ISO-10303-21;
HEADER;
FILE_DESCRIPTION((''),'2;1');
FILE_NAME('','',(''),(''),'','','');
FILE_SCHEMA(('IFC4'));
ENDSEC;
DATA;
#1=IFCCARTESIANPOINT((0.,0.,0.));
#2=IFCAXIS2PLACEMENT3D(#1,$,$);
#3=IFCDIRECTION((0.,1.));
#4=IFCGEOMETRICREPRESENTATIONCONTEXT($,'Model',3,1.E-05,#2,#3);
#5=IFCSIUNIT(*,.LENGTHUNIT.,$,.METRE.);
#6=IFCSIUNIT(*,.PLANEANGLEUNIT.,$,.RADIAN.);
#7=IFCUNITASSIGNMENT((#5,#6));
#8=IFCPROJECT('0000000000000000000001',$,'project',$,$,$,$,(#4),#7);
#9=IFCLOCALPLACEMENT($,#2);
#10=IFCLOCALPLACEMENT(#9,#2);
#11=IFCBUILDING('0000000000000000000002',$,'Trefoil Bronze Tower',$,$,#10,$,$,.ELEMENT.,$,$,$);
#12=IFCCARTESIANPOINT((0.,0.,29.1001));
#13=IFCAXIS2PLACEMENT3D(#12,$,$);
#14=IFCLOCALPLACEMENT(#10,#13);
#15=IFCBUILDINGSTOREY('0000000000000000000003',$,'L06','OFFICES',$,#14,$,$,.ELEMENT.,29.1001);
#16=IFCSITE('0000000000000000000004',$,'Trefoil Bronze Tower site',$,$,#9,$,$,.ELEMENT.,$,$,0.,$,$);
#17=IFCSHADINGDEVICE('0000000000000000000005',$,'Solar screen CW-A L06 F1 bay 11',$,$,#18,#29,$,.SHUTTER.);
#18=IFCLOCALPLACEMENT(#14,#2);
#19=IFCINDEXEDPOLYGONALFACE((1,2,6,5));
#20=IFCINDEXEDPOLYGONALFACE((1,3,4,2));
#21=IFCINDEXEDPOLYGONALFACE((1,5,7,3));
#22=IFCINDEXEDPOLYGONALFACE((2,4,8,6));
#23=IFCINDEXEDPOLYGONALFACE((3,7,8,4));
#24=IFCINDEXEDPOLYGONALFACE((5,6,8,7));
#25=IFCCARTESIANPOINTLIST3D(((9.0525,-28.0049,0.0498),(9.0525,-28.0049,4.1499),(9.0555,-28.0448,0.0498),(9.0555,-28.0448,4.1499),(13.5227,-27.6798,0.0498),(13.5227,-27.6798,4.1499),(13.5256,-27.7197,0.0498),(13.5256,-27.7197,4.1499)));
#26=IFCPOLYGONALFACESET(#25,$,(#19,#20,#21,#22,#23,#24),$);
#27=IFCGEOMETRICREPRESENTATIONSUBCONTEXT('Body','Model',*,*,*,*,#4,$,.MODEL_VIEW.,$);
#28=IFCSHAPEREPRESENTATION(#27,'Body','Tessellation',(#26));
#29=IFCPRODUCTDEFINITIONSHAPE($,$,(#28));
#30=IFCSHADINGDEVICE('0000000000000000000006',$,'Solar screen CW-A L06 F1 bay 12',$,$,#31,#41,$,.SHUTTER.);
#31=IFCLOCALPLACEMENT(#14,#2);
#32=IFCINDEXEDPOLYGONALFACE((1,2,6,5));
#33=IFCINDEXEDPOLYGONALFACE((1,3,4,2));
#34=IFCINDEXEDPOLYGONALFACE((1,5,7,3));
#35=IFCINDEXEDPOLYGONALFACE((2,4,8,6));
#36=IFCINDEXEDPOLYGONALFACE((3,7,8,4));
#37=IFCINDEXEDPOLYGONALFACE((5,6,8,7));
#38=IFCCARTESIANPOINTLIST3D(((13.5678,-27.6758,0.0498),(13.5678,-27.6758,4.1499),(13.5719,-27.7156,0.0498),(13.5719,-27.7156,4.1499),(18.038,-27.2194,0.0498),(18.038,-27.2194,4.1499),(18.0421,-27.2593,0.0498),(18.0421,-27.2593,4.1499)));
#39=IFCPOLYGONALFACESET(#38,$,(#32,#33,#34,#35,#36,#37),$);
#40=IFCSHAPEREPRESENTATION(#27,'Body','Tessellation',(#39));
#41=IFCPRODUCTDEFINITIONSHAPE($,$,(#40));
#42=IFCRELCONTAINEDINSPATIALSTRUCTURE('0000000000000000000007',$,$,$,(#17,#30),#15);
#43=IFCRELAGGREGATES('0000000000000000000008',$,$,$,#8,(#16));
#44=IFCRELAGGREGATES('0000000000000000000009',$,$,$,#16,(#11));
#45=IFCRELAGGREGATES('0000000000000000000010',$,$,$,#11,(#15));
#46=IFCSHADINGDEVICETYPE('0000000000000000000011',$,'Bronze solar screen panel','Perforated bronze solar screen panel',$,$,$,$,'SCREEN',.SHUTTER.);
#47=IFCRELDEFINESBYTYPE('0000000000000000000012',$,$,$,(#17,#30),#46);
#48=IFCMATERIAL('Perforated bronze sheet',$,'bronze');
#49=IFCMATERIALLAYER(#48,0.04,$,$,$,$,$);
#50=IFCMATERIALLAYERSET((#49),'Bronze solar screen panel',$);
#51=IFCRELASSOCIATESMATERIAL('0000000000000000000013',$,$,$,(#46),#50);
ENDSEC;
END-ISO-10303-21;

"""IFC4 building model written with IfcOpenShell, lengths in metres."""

from ifc_helpers import new_model, si_unit, direction, frame, origin, origin_2d, place, context, subcontext, project, spatial, rectangle, extrude, material, layer, layer_set, type_object, element, save


model = new_model("IFC4")

# Units and contexts
model_context = context("Model", 3, precision=1e-05, world=origin(), true_north=direction((0.0, 1.0)))
body_context = subcontext(model_context, "Body", "Model", "MODEL_VIEW")
ifc_project = project(units=[si_unit("LENGTHUNIT", "METRE"), si_unit("PLANEANGLEUNIT", "RADIAN")], contexts=[model_context])

# Site, building, storey
site_placement = place(None, origin())
site = spatial("IfcSite", under=ifc_project, at=site_placement, Name="Trefoil Bronze Tower site", CompositionType="ELEMENT", RefElevation=0.0)
building_placement = place(site_placement, origin())
building = spatial("IfcBuilding", under=site, at=building_placement, Name="Trefoil Bronze Tower", CompositionType="ELEMENT")
storey_placement = place(building_placement, frame((0.0, 0.0, 29.1001)))
storey = spatial("IfcBuildingStorey", under=building, at=storey_placement, Name="L06", Description="OFFICES", CompositionType="ELEMENT", Elevation=29.1001)

# Shading devices
ifc_material_1 = material(Name="Perforated bronze sheet", Category="bronze")
ifc_layer_1 = layer(ifc_material_1, 0.04)
ifc_layer_set_1 = layer_set([ifc_layer_1], Name="Bronze solar screen panel")
shading_device_type = type_object("IfcShadingDeviceType", Name="Bronze solar screen panel", Description="Perforated bronze solar screen panel", ElementType="SCREEN", PredefinedType="SHUTTER", material=ifc_layer_set_1)
shading_device_1_placement = place(storey_placement, frame((11.2891, -27.8623, 0.0498), z_axis=(0.0, 0.0, 1.0), x_axis=(0.997365, 0.072547, 0.0)))
element("IfcShadingDevice", 1, at=shading_device_1_placement, inside=storey, type_object=shading_device_type, Name="Solar screen CW-A L06 F1 bay 11", PredefinedType="SHUTTER", context=body_context, shape_type="SweptSolid", body=[
    extrude(rectangle(XDim=4.4819, YDim=0.04, at=origin_2d()), origin(), (0.0, 0.0, 1.0), 4.1001),
])
shading_device_2_placement = place(storey_placement, frame((15.8049, -27.4675, 0.0498), z_axis=(0.0, 0.0, 1.0), x_axis=(0.994829, 0.101565, 0.0)))
element("IfcShadingDevice", 2, at=shading_device_2_placement, inside=storey, type_object=shading_device_type, Name="Solar screen CW-A L06 F1 bay 12", PredefinedType="SHUTTER", context=body_context, shape_type="SweptSolid", body=[
    extrude(rectangle(XDim=4.4934, YDim=0.04, at=origin_2d()), origin(), (0.0, 0.0, 1.0), 4.1001),
])

save(model, "model.ifc")
